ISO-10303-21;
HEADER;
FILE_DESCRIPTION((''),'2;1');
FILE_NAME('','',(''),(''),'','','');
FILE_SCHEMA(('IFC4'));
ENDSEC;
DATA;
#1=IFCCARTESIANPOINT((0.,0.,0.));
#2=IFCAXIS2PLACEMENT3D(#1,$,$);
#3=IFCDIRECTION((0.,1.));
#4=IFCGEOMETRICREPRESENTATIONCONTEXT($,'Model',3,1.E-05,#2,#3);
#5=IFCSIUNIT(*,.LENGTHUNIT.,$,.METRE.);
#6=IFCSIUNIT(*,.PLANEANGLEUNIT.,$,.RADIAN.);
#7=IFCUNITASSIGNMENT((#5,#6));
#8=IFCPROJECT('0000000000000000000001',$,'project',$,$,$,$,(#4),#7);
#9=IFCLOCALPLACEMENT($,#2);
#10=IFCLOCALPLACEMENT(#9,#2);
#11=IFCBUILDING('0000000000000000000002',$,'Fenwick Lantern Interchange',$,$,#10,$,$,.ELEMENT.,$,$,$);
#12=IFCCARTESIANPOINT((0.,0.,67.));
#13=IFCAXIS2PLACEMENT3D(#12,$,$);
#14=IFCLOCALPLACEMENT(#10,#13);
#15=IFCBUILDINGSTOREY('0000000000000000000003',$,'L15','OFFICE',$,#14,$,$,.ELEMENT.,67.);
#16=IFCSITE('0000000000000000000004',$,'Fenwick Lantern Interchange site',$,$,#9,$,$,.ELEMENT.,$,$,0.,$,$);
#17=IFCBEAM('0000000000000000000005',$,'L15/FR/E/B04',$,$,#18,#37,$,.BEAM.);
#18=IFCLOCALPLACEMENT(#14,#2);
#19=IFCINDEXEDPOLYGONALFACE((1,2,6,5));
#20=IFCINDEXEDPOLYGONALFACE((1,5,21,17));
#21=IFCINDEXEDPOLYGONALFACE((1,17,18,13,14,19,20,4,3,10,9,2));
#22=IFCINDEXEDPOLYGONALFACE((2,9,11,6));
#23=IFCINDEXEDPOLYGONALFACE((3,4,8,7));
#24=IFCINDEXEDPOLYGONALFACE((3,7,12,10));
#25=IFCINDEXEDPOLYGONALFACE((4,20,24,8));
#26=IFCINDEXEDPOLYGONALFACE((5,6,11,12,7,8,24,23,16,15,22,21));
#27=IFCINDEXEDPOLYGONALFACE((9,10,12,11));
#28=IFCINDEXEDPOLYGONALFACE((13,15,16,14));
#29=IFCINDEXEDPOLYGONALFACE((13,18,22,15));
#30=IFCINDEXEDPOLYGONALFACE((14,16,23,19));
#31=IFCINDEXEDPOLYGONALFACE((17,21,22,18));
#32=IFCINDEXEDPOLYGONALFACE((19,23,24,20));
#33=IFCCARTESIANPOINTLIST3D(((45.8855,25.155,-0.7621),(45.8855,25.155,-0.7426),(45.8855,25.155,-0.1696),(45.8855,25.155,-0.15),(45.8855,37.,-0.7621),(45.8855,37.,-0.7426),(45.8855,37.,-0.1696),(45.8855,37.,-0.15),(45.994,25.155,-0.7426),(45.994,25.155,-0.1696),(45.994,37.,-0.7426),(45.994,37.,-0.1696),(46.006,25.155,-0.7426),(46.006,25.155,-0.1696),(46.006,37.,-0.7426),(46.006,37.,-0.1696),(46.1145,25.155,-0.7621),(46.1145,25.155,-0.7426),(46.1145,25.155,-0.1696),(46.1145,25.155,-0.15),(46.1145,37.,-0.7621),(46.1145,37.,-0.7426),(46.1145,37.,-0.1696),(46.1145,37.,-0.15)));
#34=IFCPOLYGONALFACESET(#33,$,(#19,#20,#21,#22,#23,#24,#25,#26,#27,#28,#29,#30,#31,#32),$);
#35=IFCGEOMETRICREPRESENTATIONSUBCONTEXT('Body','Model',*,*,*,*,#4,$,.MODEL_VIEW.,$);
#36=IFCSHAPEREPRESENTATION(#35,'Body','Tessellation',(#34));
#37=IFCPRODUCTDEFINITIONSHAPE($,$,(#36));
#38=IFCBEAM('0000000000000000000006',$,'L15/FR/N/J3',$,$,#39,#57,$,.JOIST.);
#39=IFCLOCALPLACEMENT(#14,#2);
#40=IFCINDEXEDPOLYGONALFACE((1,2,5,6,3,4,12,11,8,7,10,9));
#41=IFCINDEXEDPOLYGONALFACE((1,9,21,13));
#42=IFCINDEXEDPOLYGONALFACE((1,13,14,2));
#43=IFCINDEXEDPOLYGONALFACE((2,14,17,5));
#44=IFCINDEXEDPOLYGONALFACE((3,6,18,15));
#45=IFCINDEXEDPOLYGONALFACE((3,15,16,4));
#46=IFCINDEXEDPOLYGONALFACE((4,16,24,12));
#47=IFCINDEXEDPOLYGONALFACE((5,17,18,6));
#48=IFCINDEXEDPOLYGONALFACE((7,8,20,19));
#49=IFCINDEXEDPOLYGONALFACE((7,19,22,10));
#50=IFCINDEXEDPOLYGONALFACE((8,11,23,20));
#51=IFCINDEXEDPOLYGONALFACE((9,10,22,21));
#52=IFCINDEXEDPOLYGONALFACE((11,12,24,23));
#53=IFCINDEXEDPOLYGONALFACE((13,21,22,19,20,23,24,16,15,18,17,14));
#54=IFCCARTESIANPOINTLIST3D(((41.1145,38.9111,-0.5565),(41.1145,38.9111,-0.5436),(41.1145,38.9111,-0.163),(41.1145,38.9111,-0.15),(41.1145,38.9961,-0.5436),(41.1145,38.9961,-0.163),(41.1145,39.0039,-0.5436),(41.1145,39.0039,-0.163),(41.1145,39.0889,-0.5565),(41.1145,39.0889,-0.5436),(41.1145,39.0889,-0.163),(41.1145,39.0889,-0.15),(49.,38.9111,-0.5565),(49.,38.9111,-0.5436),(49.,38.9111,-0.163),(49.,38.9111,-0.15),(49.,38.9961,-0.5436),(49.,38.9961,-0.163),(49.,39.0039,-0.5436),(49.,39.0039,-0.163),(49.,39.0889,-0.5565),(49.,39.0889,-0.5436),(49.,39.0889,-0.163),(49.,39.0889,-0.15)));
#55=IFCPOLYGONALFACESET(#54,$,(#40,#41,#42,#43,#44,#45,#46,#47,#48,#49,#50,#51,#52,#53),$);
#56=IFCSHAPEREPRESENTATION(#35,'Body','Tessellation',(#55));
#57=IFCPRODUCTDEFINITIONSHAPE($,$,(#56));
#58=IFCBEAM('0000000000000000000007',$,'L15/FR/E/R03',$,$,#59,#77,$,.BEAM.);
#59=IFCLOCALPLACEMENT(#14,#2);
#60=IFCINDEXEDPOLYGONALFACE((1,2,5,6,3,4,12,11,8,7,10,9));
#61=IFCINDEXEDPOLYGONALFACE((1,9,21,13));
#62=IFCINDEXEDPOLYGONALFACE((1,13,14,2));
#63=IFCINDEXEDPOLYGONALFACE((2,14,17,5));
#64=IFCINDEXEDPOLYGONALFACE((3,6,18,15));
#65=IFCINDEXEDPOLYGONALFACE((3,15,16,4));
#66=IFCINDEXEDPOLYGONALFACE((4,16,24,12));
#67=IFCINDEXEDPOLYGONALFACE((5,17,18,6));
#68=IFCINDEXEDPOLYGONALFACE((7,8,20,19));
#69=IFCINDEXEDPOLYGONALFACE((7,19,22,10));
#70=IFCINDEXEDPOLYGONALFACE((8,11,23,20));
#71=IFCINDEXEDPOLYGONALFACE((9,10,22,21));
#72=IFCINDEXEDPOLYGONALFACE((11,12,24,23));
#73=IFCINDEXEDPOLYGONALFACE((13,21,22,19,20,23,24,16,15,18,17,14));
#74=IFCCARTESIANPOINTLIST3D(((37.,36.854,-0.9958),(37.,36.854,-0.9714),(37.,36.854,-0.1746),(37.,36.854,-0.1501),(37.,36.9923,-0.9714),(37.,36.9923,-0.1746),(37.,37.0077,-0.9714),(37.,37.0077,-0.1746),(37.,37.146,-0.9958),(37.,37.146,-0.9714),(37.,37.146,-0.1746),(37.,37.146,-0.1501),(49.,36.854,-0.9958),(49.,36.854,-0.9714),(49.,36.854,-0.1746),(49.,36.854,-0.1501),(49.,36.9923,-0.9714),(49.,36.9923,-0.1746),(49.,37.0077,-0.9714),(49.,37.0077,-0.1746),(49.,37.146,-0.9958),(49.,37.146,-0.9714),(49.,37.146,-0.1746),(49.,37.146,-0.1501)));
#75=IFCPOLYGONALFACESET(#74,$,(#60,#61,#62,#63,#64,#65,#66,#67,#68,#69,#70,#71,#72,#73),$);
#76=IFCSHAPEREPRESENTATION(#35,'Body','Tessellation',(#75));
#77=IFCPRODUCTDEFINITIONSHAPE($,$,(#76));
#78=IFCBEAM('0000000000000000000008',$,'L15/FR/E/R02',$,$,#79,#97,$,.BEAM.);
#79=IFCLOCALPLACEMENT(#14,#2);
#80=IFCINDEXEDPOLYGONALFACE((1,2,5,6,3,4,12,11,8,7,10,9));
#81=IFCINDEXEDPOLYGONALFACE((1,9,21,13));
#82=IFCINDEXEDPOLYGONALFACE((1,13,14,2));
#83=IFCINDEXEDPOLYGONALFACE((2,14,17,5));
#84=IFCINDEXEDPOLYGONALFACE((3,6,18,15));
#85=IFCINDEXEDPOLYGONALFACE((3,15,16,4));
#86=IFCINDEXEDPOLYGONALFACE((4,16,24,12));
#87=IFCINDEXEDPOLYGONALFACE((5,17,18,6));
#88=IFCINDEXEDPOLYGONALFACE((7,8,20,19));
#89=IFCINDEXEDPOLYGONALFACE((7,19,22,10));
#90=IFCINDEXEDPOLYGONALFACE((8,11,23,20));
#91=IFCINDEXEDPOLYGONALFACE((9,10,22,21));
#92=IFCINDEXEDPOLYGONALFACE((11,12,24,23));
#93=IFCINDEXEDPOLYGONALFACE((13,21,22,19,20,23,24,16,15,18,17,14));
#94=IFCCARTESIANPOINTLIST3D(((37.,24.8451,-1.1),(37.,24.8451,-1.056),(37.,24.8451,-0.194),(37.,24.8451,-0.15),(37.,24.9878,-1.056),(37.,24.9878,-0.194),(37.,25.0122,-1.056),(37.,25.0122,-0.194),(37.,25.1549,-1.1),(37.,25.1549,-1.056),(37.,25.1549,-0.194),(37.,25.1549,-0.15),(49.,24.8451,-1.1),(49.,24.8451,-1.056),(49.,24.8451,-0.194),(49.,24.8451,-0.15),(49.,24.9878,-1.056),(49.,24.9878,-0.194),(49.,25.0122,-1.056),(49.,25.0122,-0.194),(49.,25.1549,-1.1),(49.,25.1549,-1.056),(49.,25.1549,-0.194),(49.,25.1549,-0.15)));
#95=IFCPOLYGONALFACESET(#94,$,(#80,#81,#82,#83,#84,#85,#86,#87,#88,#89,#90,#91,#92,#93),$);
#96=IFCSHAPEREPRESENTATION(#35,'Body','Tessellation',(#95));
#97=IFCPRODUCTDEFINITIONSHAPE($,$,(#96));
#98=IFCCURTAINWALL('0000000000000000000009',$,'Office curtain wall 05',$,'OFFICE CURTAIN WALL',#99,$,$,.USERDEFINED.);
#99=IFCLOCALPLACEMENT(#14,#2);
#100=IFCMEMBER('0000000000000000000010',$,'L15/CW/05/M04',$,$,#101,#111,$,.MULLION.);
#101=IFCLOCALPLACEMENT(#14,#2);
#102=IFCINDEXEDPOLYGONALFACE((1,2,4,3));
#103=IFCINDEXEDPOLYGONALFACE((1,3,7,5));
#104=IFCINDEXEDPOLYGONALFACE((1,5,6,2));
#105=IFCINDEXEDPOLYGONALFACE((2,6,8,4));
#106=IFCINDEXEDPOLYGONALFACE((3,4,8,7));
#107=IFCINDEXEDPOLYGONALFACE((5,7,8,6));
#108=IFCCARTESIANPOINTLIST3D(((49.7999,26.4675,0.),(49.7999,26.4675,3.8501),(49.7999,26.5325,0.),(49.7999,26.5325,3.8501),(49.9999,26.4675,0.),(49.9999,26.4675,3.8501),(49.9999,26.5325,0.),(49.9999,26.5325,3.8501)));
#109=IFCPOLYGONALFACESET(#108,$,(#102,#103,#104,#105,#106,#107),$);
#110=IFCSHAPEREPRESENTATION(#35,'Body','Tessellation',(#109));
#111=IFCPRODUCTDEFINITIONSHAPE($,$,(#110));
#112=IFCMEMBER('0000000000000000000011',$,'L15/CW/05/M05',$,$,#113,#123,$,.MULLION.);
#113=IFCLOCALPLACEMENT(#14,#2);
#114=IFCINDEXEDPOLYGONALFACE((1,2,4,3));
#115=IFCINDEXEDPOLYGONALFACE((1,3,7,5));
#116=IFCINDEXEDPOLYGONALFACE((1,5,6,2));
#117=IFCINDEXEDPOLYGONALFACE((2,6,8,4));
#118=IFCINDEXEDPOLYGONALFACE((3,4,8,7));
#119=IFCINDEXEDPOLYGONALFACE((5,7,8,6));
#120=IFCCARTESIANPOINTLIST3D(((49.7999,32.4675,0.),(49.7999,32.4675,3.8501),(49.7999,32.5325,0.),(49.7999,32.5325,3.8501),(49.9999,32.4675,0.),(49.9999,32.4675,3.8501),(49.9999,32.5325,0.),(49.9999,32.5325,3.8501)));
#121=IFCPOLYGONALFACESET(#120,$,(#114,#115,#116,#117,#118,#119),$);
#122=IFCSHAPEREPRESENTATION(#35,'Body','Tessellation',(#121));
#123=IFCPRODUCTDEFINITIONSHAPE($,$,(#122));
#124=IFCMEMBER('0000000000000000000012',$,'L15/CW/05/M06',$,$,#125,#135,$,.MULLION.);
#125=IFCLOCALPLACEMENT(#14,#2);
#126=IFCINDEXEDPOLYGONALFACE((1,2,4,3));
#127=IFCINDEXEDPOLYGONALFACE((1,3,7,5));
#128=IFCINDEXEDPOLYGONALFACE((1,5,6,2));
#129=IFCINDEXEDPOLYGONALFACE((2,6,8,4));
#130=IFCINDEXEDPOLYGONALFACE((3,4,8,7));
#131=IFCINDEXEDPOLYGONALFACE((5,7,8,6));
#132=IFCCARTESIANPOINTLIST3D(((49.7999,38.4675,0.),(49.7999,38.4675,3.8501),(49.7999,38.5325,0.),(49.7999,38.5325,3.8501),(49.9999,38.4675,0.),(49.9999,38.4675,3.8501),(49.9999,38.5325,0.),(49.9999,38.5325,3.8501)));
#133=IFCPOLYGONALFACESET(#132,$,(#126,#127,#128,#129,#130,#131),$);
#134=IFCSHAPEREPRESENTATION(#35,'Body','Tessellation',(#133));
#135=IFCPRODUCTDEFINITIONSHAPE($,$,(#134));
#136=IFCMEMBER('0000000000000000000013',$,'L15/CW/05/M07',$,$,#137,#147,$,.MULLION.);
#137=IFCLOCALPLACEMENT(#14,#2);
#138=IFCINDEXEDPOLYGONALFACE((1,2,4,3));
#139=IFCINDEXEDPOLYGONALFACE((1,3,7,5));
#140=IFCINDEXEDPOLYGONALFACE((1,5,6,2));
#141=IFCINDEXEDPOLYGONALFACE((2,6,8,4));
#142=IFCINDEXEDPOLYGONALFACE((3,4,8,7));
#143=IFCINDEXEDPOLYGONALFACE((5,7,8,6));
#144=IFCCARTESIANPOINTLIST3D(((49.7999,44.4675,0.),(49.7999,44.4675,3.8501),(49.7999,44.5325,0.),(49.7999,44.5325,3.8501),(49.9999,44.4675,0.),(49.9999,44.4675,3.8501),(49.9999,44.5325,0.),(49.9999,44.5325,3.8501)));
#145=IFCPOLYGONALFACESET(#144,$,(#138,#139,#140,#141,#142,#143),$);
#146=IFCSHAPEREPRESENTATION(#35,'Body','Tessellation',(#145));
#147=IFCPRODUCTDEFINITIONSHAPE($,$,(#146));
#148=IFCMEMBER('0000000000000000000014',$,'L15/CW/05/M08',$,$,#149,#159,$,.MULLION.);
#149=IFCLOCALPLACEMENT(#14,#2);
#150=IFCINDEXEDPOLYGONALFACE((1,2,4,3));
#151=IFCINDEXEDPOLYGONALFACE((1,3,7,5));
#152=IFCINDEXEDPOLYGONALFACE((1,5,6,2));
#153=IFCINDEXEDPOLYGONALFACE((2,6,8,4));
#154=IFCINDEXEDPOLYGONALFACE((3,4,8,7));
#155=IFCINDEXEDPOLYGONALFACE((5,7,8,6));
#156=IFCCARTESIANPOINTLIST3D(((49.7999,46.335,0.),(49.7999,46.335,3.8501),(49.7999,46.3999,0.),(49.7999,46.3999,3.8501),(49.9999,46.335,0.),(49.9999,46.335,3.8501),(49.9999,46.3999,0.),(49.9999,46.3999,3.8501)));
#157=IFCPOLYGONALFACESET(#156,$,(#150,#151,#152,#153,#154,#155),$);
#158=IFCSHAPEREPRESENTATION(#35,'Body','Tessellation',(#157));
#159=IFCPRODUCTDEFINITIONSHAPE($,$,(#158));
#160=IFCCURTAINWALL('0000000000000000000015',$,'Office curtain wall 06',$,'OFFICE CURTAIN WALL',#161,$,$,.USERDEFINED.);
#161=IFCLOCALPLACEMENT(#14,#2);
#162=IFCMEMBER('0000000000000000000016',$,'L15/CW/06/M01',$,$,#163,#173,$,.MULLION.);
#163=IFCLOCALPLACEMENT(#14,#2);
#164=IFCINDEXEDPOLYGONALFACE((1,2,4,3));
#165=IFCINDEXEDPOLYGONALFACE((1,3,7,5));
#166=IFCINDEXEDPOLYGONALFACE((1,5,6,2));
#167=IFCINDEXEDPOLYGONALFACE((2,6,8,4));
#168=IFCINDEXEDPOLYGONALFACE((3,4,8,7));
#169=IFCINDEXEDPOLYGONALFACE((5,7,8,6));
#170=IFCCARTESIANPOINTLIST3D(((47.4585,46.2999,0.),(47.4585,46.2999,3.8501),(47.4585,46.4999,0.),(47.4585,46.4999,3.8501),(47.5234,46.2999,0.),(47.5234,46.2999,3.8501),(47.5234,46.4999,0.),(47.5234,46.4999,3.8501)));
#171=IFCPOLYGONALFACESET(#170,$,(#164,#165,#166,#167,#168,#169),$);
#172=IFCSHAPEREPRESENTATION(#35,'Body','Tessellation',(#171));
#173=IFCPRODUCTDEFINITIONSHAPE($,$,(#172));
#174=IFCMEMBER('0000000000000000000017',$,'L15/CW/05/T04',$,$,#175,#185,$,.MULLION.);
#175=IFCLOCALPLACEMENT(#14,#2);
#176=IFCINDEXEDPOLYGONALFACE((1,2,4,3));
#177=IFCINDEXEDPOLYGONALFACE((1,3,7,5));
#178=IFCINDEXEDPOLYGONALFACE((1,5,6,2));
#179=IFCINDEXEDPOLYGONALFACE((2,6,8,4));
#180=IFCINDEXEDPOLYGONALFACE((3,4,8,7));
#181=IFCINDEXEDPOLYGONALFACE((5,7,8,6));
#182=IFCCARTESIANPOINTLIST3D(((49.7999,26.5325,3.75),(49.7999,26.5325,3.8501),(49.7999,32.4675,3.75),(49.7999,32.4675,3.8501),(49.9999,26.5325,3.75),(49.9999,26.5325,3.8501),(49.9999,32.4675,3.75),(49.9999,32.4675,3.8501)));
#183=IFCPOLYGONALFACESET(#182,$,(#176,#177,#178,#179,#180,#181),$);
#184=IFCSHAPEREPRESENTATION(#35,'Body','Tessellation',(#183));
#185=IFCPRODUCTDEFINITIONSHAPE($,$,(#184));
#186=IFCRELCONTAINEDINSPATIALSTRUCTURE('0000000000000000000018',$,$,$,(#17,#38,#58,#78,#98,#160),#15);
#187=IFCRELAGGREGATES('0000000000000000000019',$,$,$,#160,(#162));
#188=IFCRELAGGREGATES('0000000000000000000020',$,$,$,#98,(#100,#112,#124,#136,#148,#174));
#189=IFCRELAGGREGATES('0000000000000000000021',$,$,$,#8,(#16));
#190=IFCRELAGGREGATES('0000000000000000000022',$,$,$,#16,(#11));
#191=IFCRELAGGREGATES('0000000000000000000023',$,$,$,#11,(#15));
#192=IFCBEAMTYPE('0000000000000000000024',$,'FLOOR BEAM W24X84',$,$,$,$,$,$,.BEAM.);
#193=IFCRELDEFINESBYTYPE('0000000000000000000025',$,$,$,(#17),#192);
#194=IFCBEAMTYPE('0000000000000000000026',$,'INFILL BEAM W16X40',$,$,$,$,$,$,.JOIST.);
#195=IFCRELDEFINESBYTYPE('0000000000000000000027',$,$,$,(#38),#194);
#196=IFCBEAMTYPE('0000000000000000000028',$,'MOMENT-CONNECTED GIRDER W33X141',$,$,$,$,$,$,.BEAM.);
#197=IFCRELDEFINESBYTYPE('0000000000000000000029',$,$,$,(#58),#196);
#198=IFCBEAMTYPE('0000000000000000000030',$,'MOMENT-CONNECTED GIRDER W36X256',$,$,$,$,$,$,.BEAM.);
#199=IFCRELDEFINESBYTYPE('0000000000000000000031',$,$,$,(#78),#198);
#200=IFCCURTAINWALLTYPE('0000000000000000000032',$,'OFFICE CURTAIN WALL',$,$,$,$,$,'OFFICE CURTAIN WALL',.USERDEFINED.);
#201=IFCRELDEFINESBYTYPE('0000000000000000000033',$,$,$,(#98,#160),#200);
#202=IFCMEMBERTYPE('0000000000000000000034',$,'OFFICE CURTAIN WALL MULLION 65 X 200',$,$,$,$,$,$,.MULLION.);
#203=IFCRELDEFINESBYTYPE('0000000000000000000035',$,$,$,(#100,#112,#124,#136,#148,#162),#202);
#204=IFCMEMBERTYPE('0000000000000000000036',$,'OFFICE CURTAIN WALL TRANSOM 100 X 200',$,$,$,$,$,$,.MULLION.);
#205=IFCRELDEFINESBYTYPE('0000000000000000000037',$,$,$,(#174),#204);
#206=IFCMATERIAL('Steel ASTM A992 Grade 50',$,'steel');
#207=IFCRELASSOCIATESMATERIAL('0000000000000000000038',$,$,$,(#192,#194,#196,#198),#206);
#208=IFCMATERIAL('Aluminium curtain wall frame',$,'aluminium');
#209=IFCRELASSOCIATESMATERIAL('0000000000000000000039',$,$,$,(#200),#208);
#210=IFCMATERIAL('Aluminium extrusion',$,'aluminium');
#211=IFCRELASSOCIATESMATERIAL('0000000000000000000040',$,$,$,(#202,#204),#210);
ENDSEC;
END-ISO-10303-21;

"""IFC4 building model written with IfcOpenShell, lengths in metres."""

from ifc_helpers import new_model, si_unit, direction, frame, origin, origin_2d, place, context, subcontext, project, spatial, rectangle, i_section, extrude, material, material_profile, profile_set, type_object, element, aggregate, save


model = new_model("IFC4")

# Units and contexts
model_context = context("Model", 3, precision=1e-05, world=origin(), true_north=direction((0.0, 1.0)))
body_context = subcontext(model_context, "Body", "Model", "MODEL_VIEW")
ifc_project = project(units=[si_unit("LENGTHUNIT", "METRE"), si_unit("PLANEANGLEUNIT", "RADIAN")], contexts=[model_context])

# Site, building, storey
site_placement = place(None, origin())
site = spatial("IfcSite", under=ifc_project, at=site_placement, Name="Fenwick Lantern Interchange site", CompositionType="ELEMENT", RefElevation=0.0)
building_placement = place(site_placement, origin())
building = spatial("IfcBuilding", under=site, at=building_placement, Name="Fenwick Lantern Interchange", CompositionType="ELEMENT")
storey_placement = place(building_placement, frame((0.0, 0.0, 67.0)))
storey = spatial("IfcBuildingStorey", under=building, at=storey_placement, Name="L15", Description="OFFICE", CompositionType="ELEMENT", Elevation=67.0)

# Shared definitions
ifc_material_1 = material(Name="Steel ASTM A992 Grade 50", Category="steel")

# Beams
ifc_material_profile_1 = material_profile(ifc_material_1, i_section(OverallWidth=0.229, OverallDepth=0.6121, WebThickness=0.012, FlangeThickness=0.0195, at=origin_2d()), Name="W24X84")
ifc_profile_set_1 = profile_set([ifc_material_profile_1], Name="Steel ASTM A992 Grade 50")
beam_type_1 = type_object("IfcBeamType", Name="FLOOR BEAM W24X84", PredefinedType="BEAM", material=ifc_profile_set_1)
beam_1_placement = place(storey_placement, frame((46.0, 25.155, -0.4561), z_axis=(0.0, 1.0, 0.0), x_axis=(-1.0, 0.0, 0.0)))
element("IfcBeam", 1, at=beam_1_placement, inside=storey, type_object=beam_type_1, Name="L15/FR/E/B04", PredefinedType="BEAM", context=body_context, shape_type="SweptSolid", body=[
    extrude(i_section(OverallWidth=0.229, OverallDepth=0.6121, WebThickness=0.012, FlangeThickness=0.0195, at=origin_2d()), origin(), (0.0, 0.0, 1.0), 11.845),
])
ifc_material_profile_2 = material_profile(ifc_material_1, i_section(OverallWidth=0.1777, OverallDepth=0.4065, WebThickness=0.0078, FlangeThickness=0.0129, at=origin_2d()), Name="W16X40")
ifc_profile_set_2 = profile_set([ifc_material_profile_2], Name="Steel ASTM A992 Grade 50")
beam_type_2 = type_object("IfcBeamType", Name="INFILL BEAM W16X40", PredefinedType="JOIST", material=ifc_profile_set_2)
beam_2_placement = place(storey_placement, frame((49.0, 39.0, -0.3533), z_axis=(-1.0, 0.0, 0.0), x_axis=(0.0, -1.0, 0.0)))
element("IfcBeam", 2, at=beam_2_placement, inside=storey, type_object=beam_type_2, Name="L15/FR/N/J3", PredefinedType="JOIST", context=body_context, shape_type="SweptSolid", body=[
    extrude(i_section(OverallWidth=0.1777, OverallDepth=0.4065, WebThickness=0.0078, FlangeThickness=0.0129, at=origin_2d()), origin(), (0.0, 0.0, 1.0), 7.8855),
])
ifc_material_profile_3 = material_profile(ifc_material_1, i_section(OverallWidth=0.292, OverallDepth=0.8457, WebThickness=0.0154, FlangeThickness=0.0244, at=origin_2d()), Name="W33X141")
ifc_profile_set_3 = profile_set([ifc_material_profile_3], Name="Steel ASTM A992 Grade 50")
beam_type_3 = type_object("IfcBeamType", Name="MOMENT-CONNECTED GIRDER W33X141", PredefinedType="BEAM", material=ifc_profile_set_3)
beam_3_placement = place(storey_placement, frame((49.0, 37.0, -0.573), z_axis=(-1.0, 0.0, 0.0), x_axis=(0.0, -1.0, 0.0)))
element("IfcBeam", 3, at=beam_3_placement, inside=storey, type_object=beam_type_3, Name="L15/FR/E/R03", PredefinedType="BEAM", context=body_context, shape_type="SweptSolid", body=[
    extrude(i_section(OverallWidth=0.292, OverallDepth=0.8457, WebThickness=0.0154, FlangeThickness=0.0244, at=origin_2d()), origin(), (0.0, 0.0, 1.0), 12.0),
])
ifc_material_profile_4 = material_profile(ifc_material_1, i_section(OverallWidth=0.3098, OverallDepth=0.95, WebThickness=0.0244, FlangeThickness=0.0439, at=origin_2d()), Name="W36X256")
ifc_profile_set_4 = profile_set([ifc_material_profile_4], Name="Steel ASTM A992 Grade 50")
beam_type_4 = type_object("IfcBeamType", Name="MOMENT-CONNECTED GIRDER W36X256", PredefinedType="BEAM", material=ifc_profile_set_4)
beam_4_placement = place(storey_placement, frame((49.0, 25.0, -0.625), z_axis=(-1.0, 0.0, 0.0), x_axis=(0.0, -1.0, 0.0)))
element("IfcBeam", 4, at=beam_4_placement, inside=storey, type_object=beam_type_4, Name="L15/FR/E/R02", PredefinedType="BEAM", context=body_context, shape_type="SweptSolid", body=[
    extrude(i_section(OverallWidth=0.3098, OverallDepth=0.95, WebThickness=0.0244, FlangeThickness=0.0439, at=origin_2d()), origin(), (0.0, 0.0, 1.0), 12.0),
])

# Curtain wall, members
ifc_material_2 = material(Name="Aluminium curtain wall frame", Category="aluminium")
curtain_wall_type = type_object("IfcCurtainWallType", Name="OFFICE CURTAIN WALL", ElementType="OFFICE CURTAIN WALL", PredefinedType="USERDEFINED", material=ifc_material_2)
curtain_wall_1_placement = place(storey_placement, origin())
curtain_wall_1 = element("IfcCurtainWall", 5, at=curtain_wall_1_placement, inside=storey, type_object=curtain_wall_type, Name="Office curtain wall 05", ObjectType="OFFICE CURTAIN WALL", PredefinedType="USERDEFINED")
ifc_material_3 = material(Name="Aluminium extrusion", Category="aluminium")
ifc_material_profile_5 = material_profile(ifc_material_3, rectangle(XDim=0.2, YDim=0.0649, at=origin_2d()), Name="OFFICE CURTAIN WALL MULLION 65 X 200")
ifc_profile_set_5 = profile_set([ifc_material_profile_5], Name="Aluminium extrusion")
member_type_1 = type_object("IfcMemberType", Name="OFFICE CURTAIN WALL MULLION 65 X 200", PredefinedType="MULLION", material=ifc_profile_set_5)
member_1_placement = place(storey_placement, frame((49.8999, 26.5, 0.0), z_axis=(0.0, 0.0, 1.0), x_axis=(-1.0, 0.0, 0.0)))
member_1 = element("IfcMember", 6, at=member_1_placement, type_object=member_type_1, Name="L15/CW/05/M04", PredefinedType="MULLION", context=body_context, shape_type="SweptSolid", body=[
    extrude(rectangle(XDim=0.2, YDim=0.0649, at=origin_2d()), origin(), (0.0, 0.0, 1.0), 3.8501),
])
member_2_placement = place(storey_placement, frame((49.8999, 32.5, 0.0), z_axis=(0.0, 0.0, 1.0), x_axis=(-1.0, 0.0, 0.0)))
member_2 = element("IfcMember", 7, at=member_2_placement, type_object=member_type_1, Name="L15/CW/05/M05", PredefinedType="MULLION", context=body_context, shape_type="SweptSolid", body=[
    extrude(rectangle(XDim=0.2, YDim=0.0649, at=origin_2d()), origin(), (0.0, 0.0, 1.0), 3.8501),
])
member_3_placement = place(storey_placement, frame((49.8999, 38.5, 0.0), z_axis=(0.0, 0.0, 1.0), x_axis=(-1.0, 0.0, 0.0)))
member_3 = element("IfcMember", 8, at=member_3_placement, type_object=member_type_1, Name="L15/CW/05/M06", PredefinedType="MULLION", context=body_context, shape_type="SweptSolid", body=[
    extrude(rectangle(XDim=0.2, YDim=0.0649, at=origin_2d()), origin(), (0.0, 0.0, 1.0), 3.8501),
])
member_4_placement = place(storey_placement, frame((49.8999, 44.5, 0.0), z_axis=(0.0, 0.0, 1.0), x_axis=(-1.0, 0.0, 0.0)))
member_4 = element("IfcMember", 9, at=member_4_placement, type_object=member_type_1, Name="L15/CW/05/M07", PredefinedType="MULLION", context=body_context, shape_type="SweptSolid", body=[
    extrude(rectangle(XDim=0.2, YDim=0.0649, at=origin_2d()), origin(), (0.0, 0.0, 1.0), 3.8501),
])
member_5_placement = place(storey_placement, frame((49.8999, 46.3674, 0.0), z_axis=(0.0, 0.0, 1.0), x_axis=(-1.0, 0.0, 0.0)))
member_5 = element("IfcMember", 10, at=member_5_placement, type_object=member_type_1, Name="L15/CW/05/M08", PredefinedType="MULLION", context=body_context, shape_type="SweptSolid", body=[
    extrude(rectangle(XDim=0.2, YDim=0.0649, at=origin_2d()), origin(), (0.0, 0.0, 1.0), 3.8501),
])

# Curtain wall, member
curtain_wall_2_placement = place(storey_placement, origin())
curtain_wall_2 = element("IfcCurtainWall", 11, at=curtain_wall_2_placement, inside=storey, type_object=curtain_wall_type, Name="Office curtain wall 06", ObjectType="OFFICE CURTAIN WALL", PredefinedType="USERDEFINED")
member_6_placement = place(storey_placement, frame((47.491, 46.3999, 0.0), z_axis=(0.0, 0.0, 1.0), x_axis=(0.0, -1.0, 0.0)))
member_6 = element("IfcMember", 12, at=member_6_placement, type_object=member_type_1, Name="L15/CW/06/M01", PredefinedType="MULLION", context=body_context, shape_type="SweptSolid", body=[
    extrude(rectangle(XDim=0.2, YDim=0.0649, at=origin_2d()), origin(), (0.0, 0.0, 1.0), 3.8501),
])

# Member
ifc_material_profile_6 = material_profile(ifc_material_3, rectangle(XDim=0.2, YDim=0.1001, at=origin_2d()), Name="OFFICE CURTAIN WALL TRANSOM 100 X 200")
ifc_profile_set_6 = profile_set([ifc_material_profile_6], Name="Aluminium extrusion")
member_type_2 = type_object("IfcMemberType", Name="OFFICE CURTAIN WALL TRANSOM 100 X 200", PredefinedType="MULLION", material=ifc_profile_set_6)
member_7_placement = place(storey_placement, frame((49.8999, 26.5325, 3.8), z_axis=(0.0, 1.0, 0.0), x_axis=(-1.0, 0.0, 0.0)))
member_7 = element("IfcMember", 13, at=member_7_placement, type_object=member_type_2, Name="L15/CW/05/T04", PredefinedType="MULLION", context=body_context, shape_type="SweptSolid", body=[
    extrude(rectangle(XDim=0.2, YDim=0.1001, at=origin_2d()), origin(), (0.0, 0.0, 1.0), 5.9351),
])
aggregate(curtain_wall_2, [member_6])

aggregate(curtain_wall_1, [member_1, member_2, member_3, member_4, member_5, member_7])

save(model, "model.ifc")
